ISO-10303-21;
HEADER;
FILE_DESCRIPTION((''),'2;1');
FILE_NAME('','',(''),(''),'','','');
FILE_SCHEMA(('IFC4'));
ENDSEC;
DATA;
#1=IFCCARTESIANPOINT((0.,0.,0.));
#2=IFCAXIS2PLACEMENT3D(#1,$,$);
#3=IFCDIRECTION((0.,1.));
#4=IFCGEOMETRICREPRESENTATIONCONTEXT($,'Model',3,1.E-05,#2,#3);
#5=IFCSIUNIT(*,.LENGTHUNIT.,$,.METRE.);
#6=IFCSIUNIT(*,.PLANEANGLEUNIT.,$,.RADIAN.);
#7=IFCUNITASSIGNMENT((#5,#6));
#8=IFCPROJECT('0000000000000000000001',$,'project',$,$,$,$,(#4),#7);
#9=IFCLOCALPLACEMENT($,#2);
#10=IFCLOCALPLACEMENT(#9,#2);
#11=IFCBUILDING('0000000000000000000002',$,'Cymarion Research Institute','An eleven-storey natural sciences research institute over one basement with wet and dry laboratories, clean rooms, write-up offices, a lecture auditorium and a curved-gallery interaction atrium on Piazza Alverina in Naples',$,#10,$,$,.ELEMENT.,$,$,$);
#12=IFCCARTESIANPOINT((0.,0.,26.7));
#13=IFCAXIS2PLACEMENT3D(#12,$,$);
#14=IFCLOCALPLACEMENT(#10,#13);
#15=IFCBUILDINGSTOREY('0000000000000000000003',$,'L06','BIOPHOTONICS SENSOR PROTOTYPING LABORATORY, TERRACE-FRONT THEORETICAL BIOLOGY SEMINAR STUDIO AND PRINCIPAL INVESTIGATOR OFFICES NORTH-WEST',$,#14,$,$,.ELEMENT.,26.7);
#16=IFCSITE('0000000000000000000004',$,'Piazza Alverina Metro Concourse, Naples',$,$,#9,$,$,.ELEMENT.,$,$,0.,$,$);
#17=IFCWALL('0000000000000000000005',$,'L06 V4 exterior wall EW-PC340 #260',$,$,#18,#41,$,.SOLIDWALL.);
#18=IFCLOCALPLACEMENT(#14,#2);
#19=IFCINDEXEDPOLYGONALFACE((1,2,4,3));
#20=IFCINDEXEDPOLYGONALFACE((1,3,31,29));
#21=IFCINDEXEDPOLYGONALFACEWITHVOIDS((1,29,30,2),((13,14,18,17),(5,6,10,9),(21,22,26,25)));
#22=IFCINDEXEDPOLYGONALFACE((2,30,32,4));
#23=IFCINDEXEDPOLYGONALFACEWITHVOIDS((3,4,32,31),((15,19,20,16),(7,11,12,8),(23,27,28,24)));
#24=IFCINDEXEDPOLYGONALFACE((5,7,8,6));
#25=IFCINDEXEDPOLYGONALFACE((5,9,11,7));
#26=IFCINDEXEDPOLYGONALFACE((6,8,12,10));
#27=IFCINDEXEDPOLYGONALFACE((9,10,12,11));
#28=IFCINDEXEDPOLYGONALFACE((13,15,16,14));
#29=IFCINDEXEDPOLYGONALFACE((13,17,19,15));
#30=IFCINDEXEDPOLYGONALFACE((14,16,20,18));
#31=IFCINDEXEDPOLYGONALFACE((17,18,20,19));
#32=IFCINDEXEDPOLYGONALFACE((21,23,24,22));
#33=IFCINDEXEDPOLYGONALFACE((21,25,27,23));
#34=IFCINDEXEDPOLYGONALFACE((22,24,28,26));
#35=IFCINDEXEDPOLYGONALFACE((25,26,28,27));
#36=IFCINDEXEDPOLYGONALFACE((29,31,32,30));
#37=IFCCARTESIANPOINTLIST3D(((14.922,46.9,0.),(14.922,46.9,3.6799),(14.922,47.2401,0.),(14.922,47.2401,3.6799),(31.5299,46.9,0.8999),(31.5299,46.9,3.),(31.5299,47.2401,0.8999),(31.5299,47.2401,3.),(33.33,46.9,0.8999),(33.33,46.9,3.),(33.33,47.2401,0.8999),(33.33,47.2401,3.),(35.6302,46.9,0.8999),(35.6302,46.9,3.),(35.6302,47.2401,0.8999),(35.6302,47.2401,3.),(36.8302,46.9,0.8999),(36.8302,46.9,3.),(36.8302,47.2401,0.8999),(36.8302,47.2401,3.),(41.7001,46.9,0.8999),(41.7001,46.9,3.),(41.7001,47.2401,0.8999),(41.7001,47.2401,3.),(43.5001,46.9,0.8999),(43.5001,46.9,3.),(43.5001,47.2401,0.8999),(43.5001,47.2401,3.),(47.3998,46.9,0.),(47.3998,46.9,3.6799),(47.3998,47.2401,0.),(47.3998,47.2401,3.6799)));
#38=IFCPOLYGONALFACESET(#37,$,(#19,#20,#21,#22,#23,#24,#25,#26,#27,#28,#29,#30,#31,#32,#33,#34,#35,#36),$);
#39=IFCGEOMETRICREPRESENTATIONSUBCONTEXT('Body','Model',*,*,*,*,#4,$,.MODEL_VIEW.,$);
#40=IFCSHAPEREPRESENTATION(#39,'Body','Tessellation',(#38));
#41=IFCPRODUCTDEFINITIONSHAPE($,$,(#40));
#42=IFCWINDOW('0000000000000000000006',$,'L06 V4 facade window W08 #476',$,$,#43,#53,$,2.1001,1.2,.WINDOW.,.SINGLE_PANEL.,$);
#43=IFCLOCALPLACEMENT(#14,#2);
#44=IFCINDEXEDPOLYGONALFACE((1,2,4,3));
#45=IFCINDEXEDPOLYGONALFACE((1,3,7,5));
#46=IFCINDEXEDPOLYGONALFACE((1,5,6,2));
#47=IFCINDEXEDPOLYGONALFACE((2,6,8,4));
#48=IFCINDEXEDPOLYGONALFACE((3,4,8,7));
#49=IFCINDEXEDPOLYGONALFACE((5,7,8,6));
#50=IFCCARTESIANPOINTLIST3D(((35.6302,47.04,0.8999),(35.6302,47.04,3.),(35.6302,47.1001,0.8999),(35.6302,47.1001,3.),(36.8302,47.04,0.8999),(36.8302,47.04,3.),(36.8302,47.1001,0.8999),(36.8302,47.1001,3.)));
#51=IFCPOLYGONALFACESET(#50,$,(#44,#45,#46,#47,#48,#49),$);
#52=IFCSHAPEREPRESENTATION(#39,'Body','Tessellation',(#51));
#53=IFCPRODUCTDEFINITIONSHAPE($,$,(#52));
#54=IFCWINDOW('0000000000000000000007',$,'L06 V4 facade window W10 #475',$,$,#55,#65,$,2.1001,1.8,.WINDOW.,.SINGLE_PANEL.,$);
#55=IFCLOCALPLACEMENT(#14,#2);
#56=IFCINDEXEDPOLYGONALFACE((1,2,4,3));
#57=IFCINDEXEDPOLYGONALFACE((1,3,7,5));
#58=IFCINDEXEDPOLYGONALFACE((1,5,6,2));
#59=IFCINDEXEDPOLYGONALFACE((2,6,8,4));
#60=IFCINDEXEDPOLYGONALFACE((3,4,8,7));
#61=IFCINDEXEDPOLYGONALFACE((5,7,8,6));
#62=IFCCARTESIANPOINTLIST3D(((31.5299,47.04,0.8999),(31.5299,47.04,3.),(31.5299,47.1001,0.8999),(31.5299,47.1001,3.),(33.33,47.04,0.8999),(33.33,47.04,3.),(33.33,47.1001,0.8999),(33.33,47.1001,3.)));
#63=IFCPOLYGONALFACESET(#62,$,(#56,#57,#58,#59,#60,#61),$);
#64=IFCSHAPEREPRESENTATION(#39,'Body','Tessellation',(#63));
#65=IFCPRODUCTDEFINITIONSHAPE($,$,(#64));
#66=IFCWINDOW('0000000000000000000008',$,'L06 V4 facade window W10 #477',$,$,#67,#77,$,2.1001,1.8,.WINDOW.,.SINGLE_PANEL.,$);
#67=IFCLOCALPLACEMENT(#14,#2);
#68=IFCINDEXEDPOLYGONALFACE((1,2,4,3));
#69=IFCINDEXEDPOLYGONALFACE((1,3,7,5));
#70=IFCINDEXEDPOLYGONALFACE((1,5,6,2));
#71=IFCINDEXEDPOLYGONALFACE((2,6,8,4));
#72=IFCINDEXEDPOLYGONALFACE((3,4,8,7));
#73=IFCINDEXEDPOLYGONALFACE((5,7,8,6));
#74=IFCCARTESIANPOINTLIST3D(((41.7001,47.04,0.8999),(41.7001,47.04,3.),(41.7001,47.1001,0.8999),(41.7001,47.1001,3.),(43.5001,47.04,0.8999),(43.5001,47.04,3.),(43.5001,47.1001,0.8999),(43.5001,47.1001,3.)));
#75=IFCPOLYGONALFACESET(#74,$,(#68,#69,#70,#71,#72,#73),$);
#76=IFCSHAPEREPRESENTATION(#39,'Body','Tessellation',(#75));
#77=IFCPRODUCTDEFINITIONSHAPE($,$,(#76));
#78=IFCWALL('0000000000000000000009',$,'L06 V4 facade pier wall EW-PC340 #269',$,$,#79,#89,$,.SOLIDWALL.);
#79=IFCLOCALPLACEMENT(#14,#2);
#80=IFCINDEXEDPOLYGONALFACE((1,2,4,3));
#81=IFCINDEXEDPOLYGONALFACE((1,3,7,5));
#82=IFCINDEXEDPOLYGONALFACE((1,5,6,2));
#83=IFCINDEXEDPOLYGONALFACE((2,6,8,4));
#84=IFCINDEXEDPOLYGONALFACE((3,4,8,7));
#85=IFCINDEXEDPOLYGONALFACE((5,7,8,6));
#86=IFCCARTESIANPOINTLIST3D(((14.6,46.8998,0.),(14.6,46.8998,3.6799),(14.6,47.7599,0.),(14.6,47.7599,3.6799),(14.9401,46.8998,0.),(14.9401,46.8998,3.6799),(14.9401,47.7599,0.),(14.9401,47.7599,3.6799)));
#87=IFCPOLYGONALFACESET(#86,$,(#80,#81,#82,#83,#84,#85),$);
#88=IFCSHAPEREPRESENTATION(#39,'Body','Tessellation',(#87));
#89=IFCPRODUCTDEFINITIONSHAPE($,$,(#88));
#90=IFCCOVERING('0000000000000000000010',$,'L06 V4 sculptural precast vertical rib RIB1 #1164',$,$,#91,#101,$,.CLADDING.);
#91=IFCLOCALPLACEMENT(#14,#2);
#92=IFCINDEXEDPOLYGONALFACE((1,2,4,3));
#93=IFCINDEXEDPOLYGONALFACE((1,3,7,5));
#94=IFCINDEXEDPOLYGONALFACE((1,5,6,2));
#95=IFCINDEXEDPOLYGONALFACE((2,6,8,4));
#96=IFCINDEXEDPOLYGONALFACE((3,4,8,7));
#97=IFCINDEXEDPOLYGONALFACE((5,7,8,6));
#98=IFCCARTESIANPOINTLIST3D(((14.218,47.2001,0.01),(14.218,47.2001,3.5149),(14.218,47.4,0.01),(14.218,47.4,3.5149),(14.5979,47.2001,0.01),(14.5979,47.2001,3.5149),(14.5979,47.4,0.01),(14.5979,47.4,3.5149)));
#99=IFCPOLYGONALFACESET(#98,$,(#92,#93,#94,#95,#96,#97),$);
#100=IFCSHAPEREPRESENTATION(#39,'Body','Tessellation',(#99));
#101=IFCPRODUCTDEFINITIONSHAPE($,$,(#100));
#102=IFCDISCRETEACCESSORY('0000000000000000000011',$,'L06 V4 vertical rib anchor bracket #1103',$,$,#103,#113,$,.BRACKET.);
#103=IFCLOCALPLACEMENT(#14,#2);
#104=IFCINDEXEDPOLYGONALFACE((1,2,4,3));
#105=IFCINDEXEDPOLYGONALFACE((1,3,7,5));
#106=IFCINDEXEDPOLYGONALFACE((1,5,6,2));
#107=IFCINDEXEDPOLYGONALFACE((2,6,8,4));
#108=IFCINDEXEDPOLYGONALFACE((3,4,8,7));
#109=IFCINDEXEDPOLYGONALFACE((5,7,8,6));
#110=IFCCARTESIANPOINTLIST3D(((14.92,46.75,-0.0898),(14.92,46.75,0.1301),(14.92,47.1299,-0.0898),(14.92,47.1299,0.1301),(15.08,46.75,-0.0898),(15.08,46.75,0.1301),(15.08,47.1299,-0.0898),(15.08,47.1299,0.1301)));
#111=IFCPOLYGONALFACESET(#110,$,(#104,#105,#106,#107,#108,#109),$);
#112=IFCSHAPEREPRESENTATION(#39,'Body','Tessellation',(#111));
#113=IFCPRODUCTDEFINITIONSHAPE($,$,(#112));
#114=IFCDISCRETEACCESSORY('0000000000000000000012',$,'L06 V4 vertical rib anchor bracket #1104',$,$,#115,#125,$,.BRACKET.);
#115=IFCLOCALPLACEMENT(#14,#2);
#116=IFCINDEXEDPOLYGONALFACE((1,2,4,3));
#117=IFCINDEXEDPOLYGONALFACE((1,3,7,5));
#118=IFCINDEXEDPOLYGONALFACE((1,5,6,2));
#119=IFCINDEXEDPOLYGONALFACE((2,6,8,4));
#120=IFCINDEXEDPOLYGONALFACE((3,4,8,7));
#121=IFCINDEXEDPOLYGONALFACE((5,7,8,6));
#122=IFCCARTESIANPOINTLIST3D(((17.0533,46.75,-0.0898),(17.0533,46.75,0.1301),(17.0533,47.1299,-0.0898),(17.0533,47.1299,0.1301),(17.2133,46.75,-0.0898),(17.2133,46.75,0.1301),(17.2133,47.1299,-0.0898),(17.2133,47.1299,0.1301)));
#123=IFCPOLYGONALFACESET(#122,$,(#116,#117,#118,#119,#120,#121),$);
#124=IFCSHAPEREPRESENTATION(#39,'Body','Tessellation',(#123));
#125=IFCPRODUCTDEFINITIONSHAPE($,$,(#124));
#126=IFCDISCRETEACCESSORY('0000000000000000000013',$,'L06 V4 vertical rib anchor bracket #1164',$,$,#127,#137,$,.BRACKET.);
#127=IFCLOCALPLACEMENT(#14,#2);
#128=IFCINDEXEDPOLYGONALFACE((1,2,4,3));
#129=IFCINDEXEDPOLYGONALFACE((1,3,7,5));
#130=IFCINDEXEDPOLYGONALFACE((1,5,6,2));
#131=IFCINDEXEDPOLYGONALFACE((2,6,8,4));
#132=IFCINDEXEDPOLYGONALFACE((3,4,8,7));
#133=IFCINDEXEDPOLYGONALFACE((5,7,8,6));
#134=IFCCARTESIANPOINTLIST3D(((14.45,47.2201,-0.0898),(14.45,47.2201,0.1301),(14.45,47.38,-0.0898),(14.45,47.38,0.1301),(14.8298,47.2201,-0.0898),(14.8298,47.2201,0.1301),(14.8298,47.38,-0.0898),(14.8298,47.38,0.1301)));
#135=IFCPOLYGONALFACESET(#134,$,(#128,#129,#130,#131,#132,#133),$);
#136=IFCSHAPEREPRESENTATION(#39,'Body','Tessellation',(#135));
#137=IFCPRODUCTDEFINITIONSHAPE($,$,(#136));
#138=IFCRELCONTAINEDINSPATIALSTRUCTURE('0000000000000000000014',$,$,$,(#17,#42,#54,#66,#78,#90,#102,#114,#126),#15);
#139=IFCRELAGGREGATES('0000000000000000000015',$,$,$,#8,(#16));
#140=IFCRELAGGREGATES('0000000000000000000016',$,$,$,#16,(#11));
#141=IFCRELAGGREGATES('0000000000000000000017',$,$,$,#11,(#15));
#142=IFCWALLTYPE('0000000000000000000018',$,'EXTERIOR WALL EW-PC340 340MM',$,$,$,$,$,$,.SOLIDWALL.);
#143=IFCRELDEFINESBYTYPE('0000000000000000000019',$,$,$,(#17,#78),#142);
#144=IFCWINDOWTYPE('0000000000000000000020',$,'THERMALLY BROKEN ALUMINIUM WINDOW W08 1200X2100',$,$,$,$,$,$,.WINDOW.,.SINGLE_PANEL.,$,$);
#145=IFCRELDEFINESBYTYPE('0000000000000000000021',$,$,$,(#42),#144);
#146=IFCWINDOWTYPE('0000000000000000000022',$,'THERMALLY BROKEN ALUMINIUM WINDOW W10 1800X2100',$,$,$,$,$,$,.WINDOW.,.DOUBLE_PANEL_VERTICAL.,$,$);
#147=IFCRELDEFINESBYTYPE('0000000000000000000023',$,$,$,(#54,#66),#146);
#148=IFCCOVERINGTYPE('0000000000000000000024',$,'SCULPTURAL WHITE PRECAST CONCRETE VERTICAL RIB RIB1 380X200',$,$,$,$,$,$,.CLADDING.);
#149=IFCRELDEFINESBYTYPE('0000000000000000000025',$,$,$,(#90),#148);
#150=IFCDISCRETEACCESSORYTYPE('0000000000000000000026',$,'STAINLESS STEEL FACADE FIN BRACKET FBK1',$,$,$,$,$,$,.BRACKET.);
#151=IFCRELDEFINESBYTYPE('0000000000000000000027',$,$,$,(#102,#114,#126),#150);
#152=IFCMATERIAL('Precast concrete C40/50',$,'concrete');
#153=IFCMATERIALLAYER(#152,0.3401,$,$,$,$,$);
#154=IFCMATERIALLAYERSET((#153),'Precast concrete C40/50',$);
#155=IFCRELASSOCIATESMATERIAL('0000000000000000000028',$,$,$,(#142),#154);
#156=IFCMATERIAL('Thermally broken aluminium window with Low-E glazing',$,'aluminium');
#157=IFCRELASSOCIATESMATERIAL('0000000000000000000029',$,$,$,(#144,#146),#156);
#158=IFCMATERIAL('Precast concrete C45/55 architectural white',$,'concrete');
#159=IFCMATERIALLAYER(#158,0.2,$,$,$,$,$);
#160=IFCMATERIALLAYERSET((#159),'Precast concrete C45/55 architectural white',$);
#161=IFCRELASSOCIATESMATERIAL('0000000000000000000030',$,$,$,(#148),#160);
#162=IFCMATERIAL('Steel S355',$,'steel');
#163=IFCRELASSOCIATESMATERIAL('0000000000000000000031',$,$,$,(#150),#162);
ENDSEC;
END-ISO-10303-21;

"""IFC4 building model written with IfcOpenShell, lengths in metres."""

from ifc_helpers import new_model, si_unit, direction, frame, frame_2d, origin, origin_2d, place, context, subcontext, project, spatial, rectangle, extrude, material, layer, layer_set, type_object, element, fill, save


model = new_model("IFC4")

# Units and contexts
model_context = context("Model", 3, precision=1e-05, world=origin(), true_north=direction((0.0, 1.0)))
body_context = subcontext(model_context, "Body", "Model", "MODEL_VIEW")
ifc_project = project(units=[si_unit("LENGTHUNIT", "METRE"), si_unit("PLANEANGLEUNIT", "RADIAN")], contexts=[model_context])

# Site, building, storey
site_placement = place(None, origin())
site = spatial("IfcSite", under=ifc_project, at=site_placement, Name="Piazza Alverina Metro Concourse, Naples", CompositionType="ELEMENT", RefElevation=0.0)
building_placement = place(site_placement, origin())
building = spatial("IfcBuilding", under=site, at=building_placement, Name="Cymarion Research Institute", Description="An eleven-storey natural sciences research institute over one basement with wet and dry laboratories, clean rooms, write-up offices, a lecture auditorium and a curved-gallery interaction atrium on Piazza Alverina in Naples", CompositionType="ELEMENT")
storey_placement = place(building_placement, frame((0.0, 0.0, 26.7)))
storey = spatial("IfcBuildingStorey", under=building, at=storey_placement, Name="L06", Description="BIOPHOTONICS SENSOR PROTOTYPING LABORATORY, TERRACE-FRONT THEORETICAL BIOLOGY SEMINAR STUDIO AND PRINCIPAL INVESTIGATOR OFFICES NORTH-WEST", CompositionType="ELEMENT", Elevation=26.7)

# Shared definitions
ifc_material_1 = material(Name="Steel S355", Category="steel")

# Wall, openings, windows
ifc_material_2 = material(Name="Precast concrete C40/50", Category="concrete")
ifc_layer_1 = layer(ifc_material_2, 0.3401)
ifc_layer_set_1 = layer_set([ifc_layer_1], Name="Precast concrete C40/50")
wall_type = type_object("IfcWallType", Name="EXTERIOR WALL EW-PC340 340MM", PredefinedType="SOLIDWALL", material=ifc_layer_set_1)
wall_1_placement = place(storey_placement, frame((14.9221, 47.0701, 0.0), z_axis=(0.0, 0.0, 1.0), x_axis=(1.0, 0.0, 0.0)))
wall_1 = element("IfcWall", 1, at=wall_1_placement, inside=storey, type_object=wall_type, Name="L06 V4 exterior wall EW-PC340 #260", PredefinedType="SOLIDWALL", context=body_context, shape_type="SweptSolid", body=[
    extrude(rectangle(XDim=32.4778, YDim=0.3401, at=frame_2d((16.2388, 0.0))), origin(), (0.0, 0.0, 1.0), 3.6799),
])
opening_1_placement = place(wall_1_placement, frame((16.6079, 0.0, 0.8999)))
opening_1 = element("IfcOpeningElement", 2, at=opening_1_placement, cuts=wall_1, PredefinedType="OPENING", context=body_context, shape_type="SweptSolid", body=[
    extrude(rectangle(XDim=1.8, YDim=2.1001, at=frame_2d((0.8999, 1.05))), frame((0.0, 0.1799, 0.0), z_axis=(0.0, -1.0, 0.0), x_axis=(1.0, 0.0, 0.0)), (0.0, 0.0, 1.0), 0.3601),
])
opening_2_placement = place(wall_1_placement, frame((20.708, 0.0, 0.8999)))
opening_2 = element("IfcOpeningElement", 3, at=opening_2_placement, cuts=wall_1, PredefinedType="OPENING", context=body_context, shape_type="SweptSolid", body=[
    extrude(rectangle(XDim=1.2, YDim=2.1001, at=frame_2d((0.6001, 1.05))), frame((0.0, 0.1799, 0.0), z_axis=(0.0, -1.0, 0.0), x_axis=(1.0, 0.0, 0.0)), (0.0, 0.0, 1.0), 0.3601),
])
opening_3_placement = place(wall_1_placement, frame((26.7781, 0.0, 0.8999)))
opening_3 = element("IfcOpeningElement", 4, at=opening_3_placement, cuts=wall_1, PredefinedType="OPENING", context=body_context, shape_type="SweptSolid", body=[
    extrude(rectangle(XDim=1.8, YDim=2.1001, at=frame_2d((0.8999, 1.05))), frame((0.0, 0.1799, 0.0), z_axis=(0.0, -1.0, 0.0), x_axis=(1.0, 0.0, 0.0)), (0.0, 0.0, 1.0), 0.3601),
])
ifc_material_3 = material(Name="Thermally broken aluminium window with Low-E glazing", Category="aluminium")
window_type_1 = type_object("IfcWindowType", Name="THERMALLY BROKEN ALUMINIUM WINDOW W08 1200X2100", PartitioningType="SINGLE_PANEL", PredefinedType="WINDOW", material=ifc_material_3)
window_1_placement = place(opening_2_placement, origin())
window_1 = element("IfcWindow", 5, at=window_1_placement, inside=storey, type_object=window_type_1, Name="L06 V4 facade window W08 #476", OverallHeight=2.1001, OverallWidth=1.2, PartitioningType="SINGLE_PANEL", PredefinedType="WINDOW", context=body_context, shape_type="SweptSolid", body=[
    extrude(rectangle(XDim=1.2, YDim=2.1001, at=frame_2d((0.6001, 1.05))), frame((0.0, 0.03, 0.0), z_axis=(0.0, -1.0, 0.0), x_axis=(1.0, 0.0, 0.0)), (0.0, 0.0, 1.0), 0.0601),
])
fill(opening_2, window_1)
window_type_2 = type_object("IfcWindowType", Name="THERMALLY BROKEN ALUMINIUM WINDOW W10 1800X2100", PartitioningType="DOUBLE_PANEL_VERTICAL", PredefinedType="WINDOW", material=ifc_material_3)
window_2_placement = place(opening_1_placement, origin())
window_2 = element("IfcWindow", 6, at=window_2_placement, inside=storey, type_object=window_type_2, Name="L06 V4 facade window W10 #475", OverallHeight=2.1001, OverallWidth=1.8, PartitioningType="SINGLE_PANEL", PredefinedType="WINDOW", context=body_context, shape_type="SweptSolid", body=[
    extrude(rectangle(XDim=1.8, YDim=2.1001, at=frame_2d((0.8999, 1.05))), frame((0.0, 0.03, 0.0), z_axis=(0.0, -1.0, 0.0), x_axis=(1.0, 0.0, 0.0)), (0.0, 0.0, 1.0), 0.0601),
])
fill(opening_1, window_2)
window_3_placement = place(opening_3_placement, origin())
window_3 = element("IfcWindow", 7, at=window_3_placement, inside=storey, type_object=window_type_2, Name="L06 V4 facade window W10 #477", OverallHeight=2.1001, OverallWidth=1.8, PartitioningType="SINGLE_PANEL", PredefinedType="WINDOW", context=body_context, shape_type="SweptSolid", body=[
    extrude(rectangle(XDim=1.8, YDim=2.1001, at=frame_2d((0.8999, 1.05))), frame((0.0, 0.03, 0.0), z_axis=(0.0, -1.0, 0.0), x_axis=(1.0, 0.0, 0.0)), (0.0, 0.0, 1.0), 0.0601),
])
fill(opening_3, window_3)

# Wall
wall_2_placement = place(storey_placement, frame((14.77, 47.76, 0.0), z_axis=(0.0, 0.0, 1.0), x_axis=(0.0, -1.0, 0.0)))
element("IfcWall", 8, at=wall_2_placement, inside=storey, type_object=wall_type, Name="L06 V4 facade pier wall EW-PC340 #269", PredefinedType="SOLIDWALL", context=body_context, shape_type="SweptSolid", body=[
    extrude(rectangle(XDim=0.8601, YDim=0.3401, at=frame_2d((0.4302, 0.0))), origin(), (0.0, 0.0, 1.0), 3.6799),
])

# Covering
ifc_material_4 = material(Name="Precast concrete C45/55 architectural white", Category="concrete")
ifc_layer_2 = layer(ifc_material_4, 0.2)
ifc_layer_set_2 = layer_set([ifc_layer_2], Name="Precast concrete C45/55 architectural white")
covering_type = type_object("IfcCoveringType", Name="SCULPTURAL WHITE PRECAST CONCRETE VERTICAL RIB RIB1 380X200", PredefinedType="CLADDING", material=ifc_layer_set_2)
covering_placement = place(storey_placement, frame((14.408, 47.3, 0.01), z_axis=(0.0, 0.0, 1.0), x_axis=(-1.0, 0.0, 0.0)))
element("IfcCovering", 9, at=covering_placement, inside=storey, type_object=covering_type, Name="L06 V4 sculptural precast vertical rib RIB1 #1164", PredefinedType="CLADDING", context=body_context, shape_type="SweptSolid", body=[
    extrude(rectangle(XDim=0.3799, YDim=0.2, at=origin_2d()), origin(), (0.0, 0.0, 1.0), 3.5049),
])

# Discrete accessories
discrete_accessory_type = type_object("IfcDiscreteAccessoryType", Name="STAINLESS STEEL FACADE FIN BRACKET FBK1", PredefinedType="BRACKET", material=ifc_material_1)
for number, where, z_axis, x_axis, name in (
    (10, (15.0, 46.9399, -0.0898), (0.0, 0.0, 1.0), (0.0, -1.0, 0.0), "L06 V4 vertical rib anchor bracket #1103"),
    (11, (17.1333, 46.9399, -0.0898), (0.0, 0.0, 1.0), (0.0, -1.0, 0.0), "L06 V4 vertical rib anchor bracket #1104"),
    (12, (14.6399, 47.3, -0.0898), (0.0, 0.0, 1.0), (-1.0, 0.0, 0.0), "L06 V4 vertical rib anchor bracket #1164"),
):
    element("IfcDiscreteAccessory", number, at=place(storey_placement, frame(where, z_axis=z_axis, x_axis=x_axis)), inside=storey, type_object=discrete_accessory_type, Name=name, PredefinedType="BRACKET", context=body_context, shape_type="SweptSolid", body=[
        extrude(rectangle(XDim=0.3799, YDim=0.1599, at=origin_2d()), origin(), (0.0, 0.0, 1.0), 0.22),
    ])

save(model, "model.ifc")
